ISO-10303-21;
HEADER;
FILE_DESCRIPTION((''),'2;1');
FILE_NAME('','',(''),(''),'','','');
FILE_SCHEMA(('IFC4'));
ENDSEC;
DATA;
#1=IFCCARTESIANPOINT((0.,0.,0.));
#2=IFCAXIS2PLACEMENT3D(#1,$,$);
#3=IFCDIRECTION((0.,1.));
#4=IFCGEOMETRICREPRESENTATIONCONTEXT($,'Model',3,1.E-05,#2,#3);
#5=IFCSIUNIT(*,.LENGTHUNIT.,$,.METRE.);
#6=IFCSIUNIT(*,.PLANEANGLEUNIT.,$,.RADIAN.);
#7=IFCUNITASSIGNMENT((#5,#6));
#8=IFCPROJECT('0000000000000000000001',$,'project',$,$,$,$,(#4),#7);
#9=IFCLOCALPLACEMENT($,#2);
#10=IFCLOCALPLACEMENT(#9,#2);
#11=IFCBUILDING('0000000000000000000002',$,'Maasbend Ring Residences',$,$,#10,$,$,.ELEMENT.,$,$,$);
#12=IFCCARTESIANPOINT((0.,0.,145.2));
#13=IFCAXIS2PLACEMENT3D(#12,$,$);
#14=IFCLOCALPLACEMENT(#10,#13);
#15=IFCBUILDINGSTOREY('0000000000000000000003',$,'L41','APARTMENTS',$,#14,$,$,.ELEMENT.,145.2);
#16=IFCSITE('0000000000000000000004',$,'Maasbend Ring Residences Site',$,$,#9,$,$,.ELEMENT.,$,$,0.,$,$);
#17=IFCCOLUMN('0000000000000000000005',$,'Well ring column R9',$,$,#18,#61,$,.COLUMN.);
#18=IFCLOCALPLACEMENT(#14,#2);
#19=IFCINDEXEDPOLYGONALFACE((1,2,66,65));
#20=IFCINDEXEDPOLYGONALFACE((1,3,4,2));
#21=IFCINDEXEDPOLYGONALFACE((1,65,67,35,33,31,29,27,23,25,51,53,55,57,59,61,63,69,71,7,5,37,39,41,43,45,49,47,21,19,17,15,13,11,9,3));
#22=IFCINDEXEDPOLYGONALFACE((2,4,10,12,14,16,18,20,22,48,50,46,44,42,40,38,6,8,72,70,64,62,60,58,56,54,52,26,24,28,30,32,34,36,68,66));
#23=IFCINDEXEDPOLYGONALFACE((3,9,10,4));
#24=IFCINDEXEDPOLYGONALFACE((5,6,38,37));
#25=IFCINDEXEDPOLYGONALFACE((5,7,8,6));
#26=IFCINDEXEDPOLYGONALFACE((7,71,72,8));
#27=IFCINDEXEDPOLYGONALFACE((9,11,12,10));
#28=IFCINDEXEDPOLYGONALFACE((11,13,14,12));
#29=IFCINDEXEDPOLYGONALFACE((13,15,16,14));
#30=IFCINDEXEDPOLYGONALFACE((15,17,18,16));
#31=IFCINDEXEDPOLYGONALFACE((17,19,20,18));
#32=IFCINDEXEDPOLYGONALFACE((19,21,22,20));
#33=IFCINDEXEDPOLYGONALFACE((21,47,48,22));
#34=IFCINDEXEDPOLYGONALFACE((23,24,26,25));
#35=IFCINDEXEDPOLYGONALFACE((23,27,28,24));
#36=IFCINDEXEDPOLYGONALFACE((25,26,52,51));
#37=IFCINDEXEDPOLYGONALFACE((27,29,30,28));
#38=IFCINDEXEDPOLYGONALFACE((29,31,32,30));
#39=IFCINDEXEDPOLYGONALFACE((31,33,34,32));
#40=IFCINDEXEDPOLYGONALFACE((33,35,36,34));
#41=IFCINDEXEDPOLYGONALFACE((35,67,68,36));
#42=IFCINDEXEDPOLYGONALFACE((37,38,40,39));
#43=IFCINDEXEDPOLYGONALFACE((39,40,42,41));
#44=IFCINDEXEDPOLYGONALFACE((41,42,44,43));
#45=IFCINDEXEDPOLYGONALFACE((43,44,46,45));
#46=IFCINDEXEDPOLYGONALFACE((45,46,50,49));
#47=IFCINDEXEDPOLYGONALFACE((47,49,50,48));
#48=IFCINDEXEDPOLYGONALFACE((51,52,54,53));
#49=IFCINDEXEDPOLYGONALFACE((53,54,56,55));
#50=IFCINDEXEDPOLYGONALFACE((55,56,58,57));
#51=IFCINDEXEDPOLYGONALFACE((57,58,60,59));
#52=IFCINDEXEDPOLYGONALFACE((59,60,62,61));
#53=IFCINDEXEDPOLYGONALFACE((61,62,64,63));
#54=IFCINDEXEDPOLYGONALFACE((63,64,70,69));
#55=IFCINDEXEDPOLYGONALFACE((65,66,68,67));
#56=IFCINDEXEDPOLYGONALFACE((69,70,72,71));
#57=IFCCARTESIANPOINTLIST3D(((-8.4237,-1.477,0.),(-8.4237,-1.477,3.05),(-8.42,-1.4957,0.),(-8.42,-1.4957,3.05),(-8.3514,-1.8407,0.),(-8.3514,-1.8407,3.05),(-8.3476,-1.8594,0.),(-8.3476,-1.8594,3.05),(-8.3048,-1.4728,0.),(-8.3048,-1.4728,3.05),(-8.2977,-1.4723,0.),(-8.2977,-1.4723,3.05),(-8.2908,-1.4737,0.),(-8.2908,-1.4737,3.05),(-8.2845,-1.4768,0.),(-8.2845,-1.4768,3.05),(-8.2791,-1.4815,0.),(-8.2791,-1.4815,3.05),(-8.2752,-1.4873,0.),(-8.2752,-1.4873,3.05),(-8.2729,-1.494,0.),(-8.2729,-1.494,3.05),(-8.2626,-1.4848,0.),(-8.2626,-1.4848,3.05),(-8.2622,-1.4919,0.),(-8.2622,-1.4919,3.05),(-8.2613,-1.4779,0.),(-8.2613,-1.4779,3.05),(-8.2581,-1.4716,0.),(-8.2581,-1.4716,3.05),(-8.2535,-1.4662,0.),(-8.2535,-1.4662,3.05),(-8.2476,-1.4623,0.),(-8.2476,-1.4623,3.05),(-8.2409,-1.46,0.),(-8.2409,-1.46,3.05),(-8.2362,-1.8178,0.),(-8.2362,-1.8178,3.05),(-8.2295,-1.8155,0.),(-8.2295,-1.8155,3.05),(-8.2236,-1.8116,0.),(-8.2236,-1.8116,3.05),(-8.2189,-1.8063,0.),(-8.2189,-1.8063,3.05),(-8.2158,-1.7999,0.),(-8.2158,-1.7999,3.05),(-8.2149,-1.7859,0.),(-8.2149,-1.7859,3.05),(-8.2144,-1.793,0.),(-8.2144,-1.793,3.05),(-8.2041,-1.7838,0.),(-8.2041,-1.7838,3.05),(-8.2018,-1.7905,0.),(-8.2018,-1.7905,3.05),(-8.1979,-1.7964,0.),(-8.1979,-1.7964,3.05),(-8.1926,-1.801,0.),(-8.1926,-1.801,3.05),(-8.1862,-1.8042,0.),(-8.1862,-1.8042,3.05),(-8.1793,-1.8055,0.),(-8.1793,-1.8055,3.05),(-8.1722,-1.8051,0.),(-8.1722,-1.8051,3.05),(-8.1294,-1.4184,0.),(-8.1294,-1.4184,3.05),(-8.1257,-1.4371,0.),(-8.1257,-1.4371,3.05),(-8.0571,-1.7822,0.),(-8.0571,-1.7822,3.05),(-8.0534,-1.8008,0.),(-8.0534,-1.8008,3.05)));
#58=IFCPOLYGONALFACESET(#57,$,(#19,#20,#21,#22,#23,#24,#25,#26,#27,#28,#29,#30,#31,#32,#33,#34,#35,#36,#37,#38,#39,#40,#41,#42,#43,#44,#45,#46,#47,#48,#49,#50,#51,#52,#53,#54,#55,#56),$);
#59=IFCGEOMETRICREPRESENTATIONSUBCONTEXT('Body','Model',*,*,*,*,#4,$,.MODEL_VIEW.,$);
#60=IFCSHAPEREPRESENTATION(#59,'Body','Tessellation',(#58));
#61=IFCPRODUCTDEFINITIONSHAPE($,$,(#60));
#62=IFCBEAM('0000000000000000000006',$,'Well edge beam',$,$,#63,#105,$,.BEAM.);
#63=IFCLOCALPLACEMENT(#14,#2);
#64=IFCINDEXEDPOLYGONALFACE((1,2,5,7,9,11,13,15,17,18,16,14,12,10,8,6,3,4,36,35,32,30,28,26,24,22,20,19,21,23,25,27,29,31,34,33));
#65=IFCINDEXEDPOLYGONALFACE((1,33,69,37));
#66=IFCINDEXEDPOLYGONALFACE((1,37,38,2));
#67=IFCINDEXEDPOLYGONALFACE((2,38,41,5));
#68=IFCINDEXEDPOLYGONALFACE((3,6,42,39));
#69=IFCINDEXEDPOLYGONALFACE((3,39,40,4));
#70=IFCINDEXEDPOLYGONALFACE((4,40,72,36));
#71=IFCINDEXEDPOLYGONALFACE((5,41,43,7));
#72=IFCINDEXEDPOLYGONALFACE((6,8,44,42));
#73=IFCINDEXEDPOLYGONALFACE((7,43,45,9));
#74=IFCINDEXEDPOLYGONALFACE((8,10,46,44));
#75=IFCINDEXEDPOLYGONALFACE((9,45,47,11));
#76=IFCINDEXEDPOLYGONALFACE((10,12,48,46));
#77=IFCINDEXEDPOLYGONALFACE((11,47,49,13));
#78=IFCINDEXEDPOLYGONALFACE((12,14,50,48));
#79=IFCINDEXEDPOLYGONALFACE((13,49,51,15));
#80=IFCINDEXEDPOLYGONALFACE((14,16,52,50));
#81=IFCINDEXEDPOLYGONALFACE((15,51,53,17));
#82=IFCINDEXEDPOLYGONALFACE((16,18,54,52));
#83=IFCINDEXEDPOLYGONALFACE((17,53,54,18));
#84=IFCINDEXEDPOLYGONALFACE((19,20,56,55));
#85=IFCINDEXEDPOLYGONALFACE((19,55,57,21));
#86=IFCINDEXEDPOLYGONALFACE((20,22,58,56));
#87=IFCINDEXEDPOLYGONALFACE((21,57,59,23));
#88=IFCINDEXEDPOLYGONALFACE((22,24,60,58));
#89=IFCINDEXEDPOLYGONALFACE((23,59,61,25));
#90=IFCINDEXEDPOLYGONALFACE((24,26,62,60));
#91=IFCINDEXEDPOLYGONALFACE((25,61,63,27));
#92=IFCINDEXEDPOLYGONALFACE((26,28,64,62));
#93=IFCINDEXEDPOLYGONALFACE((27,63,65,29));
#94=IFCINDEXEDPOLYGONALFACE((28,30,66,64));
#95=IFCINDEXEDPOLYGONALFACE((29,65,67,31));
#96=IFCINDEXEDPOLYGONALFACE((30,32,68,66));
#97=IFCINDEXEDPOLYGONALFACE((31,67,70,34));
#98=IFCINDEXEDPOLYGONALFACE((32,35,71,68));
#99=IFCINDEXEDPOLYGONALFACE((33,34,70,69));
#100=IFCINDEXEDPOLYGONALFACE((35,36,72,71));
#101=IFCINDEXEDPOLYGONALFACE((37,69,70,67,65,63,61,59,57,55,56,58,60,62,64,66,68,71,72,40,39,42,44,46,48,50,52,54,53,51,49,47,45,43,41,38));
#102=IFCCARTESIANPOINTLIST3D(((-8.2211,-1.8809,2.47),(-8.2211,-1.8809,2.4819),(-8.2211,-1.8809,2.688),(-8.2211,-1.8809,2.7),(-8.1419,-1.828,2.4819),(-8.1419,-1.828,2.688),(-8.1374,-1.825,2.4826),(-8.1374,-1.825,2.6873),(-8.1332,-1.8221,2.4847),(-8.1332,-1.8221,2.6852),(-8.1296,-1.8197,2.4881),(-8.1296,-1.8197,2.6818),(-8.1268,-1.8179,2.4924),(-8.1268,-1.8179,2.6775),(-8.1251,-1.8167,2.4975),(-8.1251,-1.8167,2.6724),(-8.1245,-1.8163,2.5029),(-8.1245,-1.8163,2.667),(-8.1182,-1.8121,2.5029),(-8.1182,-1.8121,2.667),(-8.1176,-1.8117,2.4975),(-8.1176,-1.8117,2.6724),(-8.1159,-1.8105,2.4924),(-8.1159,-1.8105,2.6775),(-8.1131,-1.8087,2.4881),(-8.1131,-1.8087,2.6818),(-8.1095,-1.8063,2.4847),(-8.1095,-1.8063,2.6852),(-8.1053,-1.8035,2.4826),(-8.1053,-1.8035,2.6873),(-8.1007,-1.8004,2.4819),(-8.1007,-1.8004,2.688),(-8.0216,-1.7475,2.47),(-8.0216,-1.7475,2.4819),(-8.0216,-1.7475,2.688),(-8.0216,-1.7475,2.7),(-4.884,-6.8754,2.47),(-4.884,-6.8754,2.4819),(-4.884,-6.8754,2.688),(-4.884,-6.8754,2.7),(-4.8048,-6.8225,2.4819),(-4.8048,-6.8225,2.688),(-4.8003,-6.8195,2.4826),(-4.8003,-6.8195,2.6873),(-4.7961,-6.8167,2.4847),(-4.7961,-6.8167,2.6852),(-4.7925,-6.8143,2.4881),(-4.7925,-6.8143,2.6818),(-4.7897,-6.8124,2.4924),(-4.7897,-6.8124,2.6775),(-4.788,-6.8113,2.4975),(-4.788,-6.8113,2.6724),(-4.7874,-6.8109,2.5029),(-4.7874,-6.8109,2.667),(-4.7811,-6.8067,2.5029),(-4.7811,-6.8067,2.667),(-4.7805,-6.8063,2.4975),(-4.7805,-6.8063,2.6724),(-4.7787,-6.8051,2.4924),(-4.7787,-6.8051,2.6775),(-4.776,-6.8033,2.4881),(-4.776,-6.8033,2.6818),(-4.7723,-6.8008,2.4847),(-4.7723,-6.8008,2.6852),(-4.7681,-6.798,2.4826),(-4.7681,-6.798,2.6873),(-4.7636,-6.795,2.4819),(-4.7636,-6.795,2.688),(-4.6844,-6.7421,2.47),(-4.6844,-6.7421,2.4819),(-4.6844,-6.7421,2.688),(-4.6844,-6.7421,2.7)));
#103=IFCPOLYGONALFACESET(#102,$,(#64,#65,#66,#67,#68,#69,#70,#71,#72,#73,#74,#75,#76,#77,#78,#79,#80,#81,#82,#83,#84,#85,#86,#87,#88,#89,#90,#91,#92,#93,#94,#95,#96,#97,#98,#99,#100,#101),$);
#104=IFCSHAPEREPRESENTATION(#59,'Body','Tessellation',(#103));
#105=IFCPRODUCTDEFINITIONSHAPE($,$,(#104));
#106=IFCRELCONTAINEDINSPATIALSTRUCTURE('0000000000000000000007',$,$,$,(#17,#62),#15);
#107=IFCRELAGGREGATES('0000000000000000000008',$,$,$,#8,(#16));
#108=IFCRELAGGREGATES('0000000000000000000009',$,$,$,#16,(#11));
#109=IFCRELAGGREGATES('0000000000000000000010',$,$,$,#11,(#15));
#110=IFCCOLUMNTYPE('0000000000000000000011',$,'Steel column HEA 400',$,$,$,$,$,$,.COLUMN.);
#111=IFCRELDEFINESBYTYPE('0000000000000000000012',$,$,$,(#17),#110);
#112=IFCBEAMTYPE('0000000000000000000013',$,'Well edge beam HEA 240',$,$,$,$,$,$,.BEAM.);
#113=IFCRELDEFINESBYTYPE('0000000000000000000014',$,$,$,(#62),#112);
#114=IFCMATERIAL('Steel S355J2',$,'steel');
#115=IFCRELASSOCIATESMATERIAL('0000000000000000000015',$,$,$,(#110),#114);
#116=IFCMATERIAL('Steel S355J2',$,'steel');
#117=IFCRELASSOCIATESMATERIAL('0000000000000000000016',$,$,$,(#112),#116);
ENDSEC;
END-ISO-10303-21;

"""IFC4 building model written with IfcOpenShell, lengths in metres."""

from ifc_helpers import new_model, si_unit, direction, frame, origin, origin_2d, place, context, subcontext, project, spatial, i_section, extrude, material, material_profile, profile_set, type_object, element, save


model = new_model("IFC4")

# Units and contexts
model_context = context("Model", 3, precision=1e-05, world=origin(), true_north=direction((0.0, 1.0)))
body_context = subcontext(model_context, "Body", "Model", "MODEL_VIEW")
ifc_project = project(units=[si_unit("LENGTHUNIT", "METRE"), si_unit("PLANEANGLEUNIT", "RADIAN")], contexts=[model_context])

# Site, building, storey
site_placement = place(None, origin())
site = spatial("IfcSite", under=ifc_project, at=site_placement, Name="Maasbend Ring Residences Site", CompositionType="ELEMENT", RefElevation=0.0)
building_placement = place(site_placement, origin())
building = spatial("IfcBuilding", under=site, at=building_placement, Name="Maasbend Ring Residences", CompositionType="ELEMENT")
storey_placement = place(building_placement, frame((0.0, 0.0, 145.2)))
storey = spatial("IfcBuildingStorey", under=building, at=storey_placement, Name="L41", Description="APARTMENTS", CompositionType="ELEMENT", Elevation=145.2)

# Column
ifc_material_1 = material(Name="Steel S355J2", Category="steel")
ifc_material_profile_1 = material_profile(ifc_material_1, i_section(OverallWidth=0.3, OverallDepth=0.3899, WebThickness=0.011, FlangeThickness=0.019, FilletRadius=0.0271, at=origin_2d()), Name="HEA 400")
ifc_profile_set_1 = profile_set([ifc_material_profile_1], Name="Steel S355J2")
column_type = type_object("IfcColumnType", Name="Steel column HEA 400", PredefinedType="COLUMN", material=ifc_profile_set_1)
column_placement = place(storey_placement, frame((-8.2385, -1.6389, 0.0), z_axis=(0.0, 0.0, 1.0), x_axis=(-0.980785, -0.19509, 0.0)))
element("IfcColumn", 1, at=column_placement, inside=storey, type_object=column_type, Name="Well ring column R9", PredefinedType="COLUMN", context=body_context, shape_type="SweptSolid", body=[
    extrude(i_section(OverallWidth=0.3, OverallDepth=0.3899, WebThickness=0.011, FlangeThickness=0.019, FilletRadius=0.0271, at=origin_2d()), origin(), (0.0, 0.0, 1.0), 3.05),
])

# Beam
ifc_material_2 = material(Name="Steel S355J2", Category="steel")
ifc_material_profile_2 = material_profile(ifc_material_2, i_section(OverallWidth=0.24, OverallDepth=0.23, WebThickness=0.0076, FlangeThickness=0.012, FilletRadius=0.021, at=origin_2d()), Name="HEA 240")
ifc_profile_set_2 = profile_set([ifc_material_profile_2], Name="Steel S355J2")
beam_type = type_object("IfcBeamType", Name="Well edge beam HEA 240", PredefinedType="BEAM", material=ifc_profile_set_2)
beam_placement = place(storey_placement, frame((-8.1213, -1.8142, 2.585), z_axis=(0.555553, -0.831481, 0.0), x_axis=(0.831481, 0.555553, 0.0)))
element("IfcBeam", 2, at=beam_placement, inside=storey, type_object=beam_type, Name="Well edge beam", PredefinedType="BEAM", context=body_context, shape_type="SweptSolid", body=[
    extrude(i_section(OverallWidth=0.24, OverallDepth=0.23, WebThickness=0.0076, FlangeThickness=0.012, FilletRadius=0.021, at=origin_2d()), origin(), (0.0, 0.0, 1.0), 6.0068),
])

save(model, "model.ifc")
